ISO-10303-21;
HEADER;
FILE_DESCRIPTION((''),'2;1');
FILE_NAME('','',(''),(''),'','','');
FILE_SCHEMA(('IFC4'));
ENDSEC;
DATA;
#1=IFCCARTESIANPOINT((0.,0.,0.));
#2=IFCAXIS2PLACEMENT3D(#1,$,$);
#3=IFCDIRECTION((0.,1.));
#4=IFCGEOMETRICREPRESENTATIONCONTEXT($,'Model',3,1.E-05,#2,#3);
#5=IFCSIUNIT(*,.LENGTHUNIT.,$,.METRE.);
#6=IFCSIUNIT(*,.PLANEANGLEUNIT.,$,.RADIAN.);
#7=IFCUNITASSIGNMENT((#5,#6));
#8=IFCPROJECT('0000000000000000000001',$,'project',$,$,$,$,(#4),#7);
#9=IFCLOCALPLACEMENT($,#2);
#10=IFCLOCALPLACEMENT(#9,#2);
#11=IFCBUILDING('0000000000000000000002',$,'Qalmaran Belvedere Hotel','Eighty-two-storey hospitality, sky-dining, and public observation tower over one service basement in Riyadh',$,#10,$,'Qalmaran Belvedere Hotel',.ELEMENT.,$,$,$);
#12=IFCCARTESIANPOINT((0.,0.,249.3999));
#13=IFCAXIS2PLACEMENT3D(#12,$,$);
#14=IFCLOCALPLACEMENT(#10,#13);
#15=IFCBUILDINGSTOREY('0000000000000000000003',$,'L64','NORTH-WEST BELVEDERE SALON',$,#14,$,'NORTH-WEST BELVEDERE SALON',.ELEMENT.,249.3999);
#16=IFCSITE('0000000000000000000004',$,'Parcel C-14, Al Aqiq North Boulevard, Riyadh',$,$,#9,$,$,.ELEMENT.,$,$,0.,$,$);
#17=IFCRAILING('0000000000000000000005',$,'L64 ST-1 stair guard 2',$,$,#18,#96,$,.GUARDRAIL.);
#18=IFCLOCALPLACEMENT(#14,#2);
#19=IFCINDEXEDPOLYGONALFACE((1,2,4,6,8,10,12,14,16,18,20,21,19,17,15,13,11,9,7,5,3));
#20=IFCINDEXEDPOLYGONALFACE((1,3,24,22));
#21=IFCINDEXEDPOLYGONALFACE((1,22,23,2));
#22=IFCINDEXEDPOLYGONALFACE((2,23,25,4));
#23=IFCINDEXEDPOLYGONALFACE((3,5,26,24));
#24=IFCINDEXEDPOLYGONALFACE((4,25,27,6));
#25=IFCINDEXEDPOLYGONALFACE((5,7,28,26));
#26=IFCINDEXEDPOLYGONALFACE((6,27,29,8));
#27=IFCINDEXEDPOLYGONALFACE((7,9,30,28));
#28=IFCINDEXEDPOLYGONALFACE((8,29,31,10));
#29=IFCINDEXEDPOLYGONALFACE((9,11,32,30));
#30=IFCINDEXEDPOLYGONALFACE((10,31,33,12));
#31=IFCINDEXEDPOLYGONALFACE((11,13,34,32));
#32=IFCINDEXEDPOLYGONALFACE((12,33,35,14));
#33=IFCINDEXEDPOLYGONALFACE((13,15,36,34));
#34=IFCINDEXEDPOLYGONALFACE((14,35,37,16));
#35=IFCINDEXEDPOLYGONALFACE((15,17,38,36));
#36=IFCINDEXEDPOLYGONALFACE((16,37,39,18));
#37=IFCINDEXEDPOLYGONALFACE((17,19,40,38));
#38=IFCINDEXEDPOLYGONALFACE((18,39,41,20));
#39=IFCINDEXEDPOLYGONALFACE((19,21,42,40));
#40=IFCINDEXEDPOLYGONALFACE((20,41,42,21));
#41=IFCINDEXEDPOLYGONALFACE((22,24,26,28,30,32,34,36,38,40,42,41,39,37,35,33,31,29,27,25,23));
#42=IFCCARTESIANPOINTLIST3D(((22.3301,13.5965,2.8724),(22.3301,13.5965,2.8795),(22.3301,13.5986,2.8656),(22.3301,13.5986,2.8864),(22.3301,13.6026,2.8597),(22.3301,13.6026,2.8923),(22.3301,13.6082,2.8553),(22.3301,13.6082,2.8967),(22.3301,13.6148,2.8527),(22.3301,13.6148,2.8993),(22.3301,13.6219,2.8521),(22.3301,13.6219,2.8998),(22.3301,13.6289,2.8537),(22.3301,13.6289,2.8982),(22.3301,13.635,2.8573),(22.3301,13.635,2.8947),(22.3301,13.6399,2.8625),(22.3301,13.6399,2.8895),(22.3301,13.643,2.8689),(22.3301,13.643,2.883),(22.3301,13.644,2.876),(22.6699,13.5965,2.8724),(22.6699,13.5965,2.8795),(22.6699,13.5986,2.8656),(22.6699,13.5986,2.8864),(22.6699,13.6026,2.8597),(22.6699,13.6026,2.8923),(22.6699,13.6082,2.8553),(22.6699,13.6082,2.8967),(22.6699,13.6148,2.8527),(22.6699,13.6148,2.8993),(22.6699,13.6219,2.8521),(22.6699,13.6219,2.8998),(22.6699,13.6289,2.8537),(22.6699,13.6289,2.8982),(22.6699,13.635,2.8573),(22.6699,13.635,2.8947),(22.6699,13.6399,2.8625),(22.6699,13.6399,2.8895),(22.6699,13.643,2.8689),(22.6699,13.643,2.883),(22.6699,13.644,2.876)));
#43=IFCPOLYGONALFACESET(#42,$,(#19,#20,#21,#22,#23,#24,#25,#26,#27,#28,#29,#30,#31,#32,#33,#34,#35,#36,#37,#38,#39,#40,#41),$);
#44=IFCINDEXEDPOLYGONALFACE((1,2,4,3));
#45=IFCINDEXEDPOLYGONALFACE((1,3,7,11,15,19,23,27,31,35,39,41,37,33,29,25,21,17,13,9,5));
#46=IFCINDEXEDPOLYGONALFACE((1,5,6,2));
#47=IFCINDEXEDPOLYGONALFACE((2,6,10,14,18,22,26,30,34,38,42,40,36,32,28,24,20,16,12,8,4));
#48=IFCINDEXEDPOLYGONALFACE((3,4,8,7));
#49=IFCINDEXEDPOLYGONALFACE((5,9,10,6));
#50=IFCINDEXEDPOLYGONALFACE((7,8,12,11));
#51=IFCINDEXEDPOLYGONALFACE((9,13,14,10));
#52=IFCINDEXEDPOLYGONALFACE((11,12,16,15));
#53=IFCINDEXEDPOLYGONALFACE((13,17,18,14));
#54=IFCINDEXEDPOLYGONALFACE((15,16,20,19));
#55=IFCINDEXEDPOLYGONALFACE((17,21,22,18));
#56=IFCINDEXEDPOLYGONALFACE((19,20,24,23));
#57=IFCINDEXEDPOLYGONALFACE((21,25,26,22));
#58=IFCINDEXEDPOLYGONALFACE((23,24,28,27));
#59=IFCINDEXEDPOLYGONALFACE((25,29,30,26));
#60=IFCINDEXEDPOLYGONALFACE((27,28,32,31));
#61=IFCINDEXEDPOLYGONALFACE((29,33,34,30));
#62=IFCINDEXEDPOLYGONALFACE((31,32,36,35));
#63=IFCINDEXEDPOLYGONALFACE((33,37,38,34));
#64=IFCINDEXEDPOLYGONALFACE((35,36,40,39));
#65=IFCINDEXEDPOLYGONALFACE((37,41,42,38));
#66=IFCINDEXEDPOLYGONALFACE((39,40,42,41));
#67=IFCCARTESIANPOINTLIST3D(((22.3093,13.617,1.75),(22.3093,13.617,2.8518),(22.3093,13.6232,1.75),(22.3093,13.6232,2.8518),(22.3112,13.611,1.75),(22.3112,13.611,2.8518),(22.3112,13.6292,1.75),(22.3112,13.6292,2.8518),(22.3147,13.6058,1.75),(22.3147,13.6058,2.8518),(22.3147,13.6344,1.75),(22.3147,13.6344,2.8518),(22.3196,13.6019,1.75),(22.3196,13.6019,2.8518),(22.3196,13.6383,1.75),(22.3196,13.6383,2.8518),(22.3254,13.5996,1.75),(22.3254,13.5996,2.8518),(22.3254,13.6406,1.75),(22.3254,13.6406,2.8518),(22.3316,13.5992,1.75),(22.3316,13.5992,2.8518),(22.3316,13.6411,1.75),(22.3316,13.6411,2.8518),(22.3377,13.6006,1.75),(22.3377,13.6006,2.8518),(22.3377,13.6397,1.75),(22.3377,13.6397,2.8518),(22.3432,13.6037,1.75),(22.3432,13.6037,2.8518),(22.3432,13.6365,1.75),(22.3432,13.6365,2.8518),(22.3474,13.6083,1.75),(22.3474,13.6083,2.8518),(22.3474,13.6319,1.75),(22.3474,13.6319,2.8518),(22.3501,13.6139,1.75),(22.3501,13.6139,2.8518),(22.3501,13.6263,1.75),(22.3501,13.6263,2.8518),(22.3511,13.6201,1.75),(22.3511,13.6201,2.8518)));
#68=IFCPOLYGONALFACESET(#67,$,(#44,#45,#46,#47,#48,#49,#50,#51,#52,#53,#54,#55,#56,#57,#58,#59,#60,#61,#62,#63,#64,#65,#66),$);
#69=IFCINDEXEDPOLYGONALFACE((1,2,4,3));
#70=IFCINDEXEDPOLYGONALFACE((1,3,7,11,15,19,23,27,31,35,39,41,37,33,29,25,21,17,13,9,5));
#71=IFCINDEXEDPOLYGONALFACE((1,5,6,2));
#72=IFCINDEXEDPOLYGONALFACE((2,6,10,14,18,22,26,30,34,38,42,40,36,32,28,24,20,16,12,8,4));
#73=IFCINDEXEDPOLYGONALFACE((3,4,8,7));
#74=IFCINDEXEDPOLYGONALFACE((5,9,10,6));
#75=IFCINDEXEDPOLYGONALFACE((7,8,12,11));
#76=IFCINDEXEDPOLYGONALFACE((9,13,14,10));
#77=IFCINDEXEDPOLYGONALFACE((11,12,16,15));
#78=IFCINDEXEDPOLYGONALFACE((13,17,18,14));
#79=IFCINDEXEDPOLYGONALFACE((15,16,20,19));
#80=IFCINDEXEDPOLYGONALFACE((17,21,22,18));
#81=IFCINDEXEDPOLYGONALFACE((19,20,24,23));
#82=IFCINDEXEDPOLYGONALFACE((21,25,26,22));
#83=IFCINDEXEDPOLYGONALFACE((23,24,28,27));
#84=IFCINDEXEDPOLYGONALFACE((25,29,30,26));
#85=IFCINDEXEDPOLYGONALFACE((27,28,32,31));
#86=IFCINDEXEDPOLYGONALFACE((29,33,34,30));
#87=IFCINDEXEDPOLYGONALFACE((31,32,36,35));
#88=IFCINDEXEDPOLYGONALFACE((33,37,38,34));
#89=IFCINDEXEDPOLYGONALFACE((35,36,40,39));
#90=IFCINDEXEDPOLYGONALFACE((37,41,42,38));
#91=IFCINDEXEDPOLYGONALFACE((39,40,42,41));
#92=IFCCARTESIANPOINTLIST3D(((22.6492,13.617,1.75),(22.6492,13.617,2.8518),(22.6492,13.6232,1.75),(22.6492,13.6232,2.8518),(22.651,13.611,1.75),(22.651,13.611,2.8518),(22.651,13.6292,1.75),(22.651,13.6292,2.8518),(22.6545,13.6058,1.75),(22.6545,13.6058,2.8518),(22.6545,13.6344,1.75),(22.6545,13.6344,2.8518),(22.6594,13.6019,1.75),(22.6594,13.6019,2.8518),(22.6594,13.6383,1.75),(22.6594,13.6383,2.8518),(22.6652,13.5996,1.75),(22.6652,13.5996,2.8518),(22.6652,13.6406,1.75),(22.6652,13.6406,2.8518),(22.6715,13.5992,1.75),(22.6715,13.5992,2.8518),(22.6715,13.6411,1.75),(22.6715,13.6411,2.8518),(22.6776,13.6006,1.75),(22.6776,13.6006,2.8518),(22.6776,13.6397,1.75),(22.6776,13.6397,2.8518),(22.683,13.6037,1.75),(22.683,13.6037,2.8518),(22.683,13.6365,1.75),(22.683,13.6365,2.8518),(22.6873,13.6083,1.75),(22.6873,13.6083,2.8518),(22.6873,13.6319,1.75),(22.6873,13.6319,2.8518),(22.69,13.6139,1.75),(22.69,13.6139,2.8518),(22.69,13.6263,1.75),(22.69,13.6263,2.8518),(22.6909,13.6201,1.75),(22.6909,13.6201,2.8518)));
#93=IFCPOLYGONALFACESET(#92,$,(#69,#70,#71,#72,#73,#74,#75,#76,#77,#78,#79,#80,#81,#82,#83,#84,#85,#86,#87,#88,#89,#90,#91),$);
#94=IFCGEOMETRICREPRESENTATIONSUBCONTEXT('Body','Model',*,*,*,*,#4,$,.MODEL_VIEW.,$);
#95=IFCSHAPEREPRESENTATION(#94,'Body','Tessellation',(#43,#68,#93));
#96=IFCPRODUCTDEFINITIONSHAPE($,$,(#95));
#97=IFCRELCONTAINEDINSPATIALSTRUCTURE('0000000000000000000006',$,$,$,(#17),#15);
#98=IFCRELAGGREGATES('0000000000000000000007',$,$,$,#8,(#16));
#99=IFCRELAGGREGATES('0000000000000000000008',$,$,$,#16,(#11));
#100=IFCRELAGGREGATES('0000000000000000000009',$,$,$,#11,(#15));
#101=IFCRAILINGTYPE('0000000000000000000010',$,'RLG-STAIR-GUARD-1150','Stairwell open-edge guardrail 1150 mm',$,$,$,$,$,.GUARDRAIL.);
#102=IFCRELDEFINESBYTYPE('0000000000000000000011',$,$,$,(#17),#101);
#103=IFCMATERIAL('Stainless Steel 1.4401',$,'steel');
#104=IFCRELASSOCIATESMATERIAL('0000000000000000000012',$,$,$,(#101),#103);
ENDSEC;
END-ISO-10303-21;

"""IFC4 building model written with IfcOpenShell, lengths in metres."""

from ifc_helpers import new_model, si_unit, direction, frame, origin, origin_2d, place, context, subcontext, project, spatial, circle, extrude, material, type_object, element, save


model = new_model("IFC4")

# Units and contexts
model_context = context("Model", 3, precision=1e-05, world=origin(), true_north=direction((0.0, 1.0)))
body_context = subcontext(model_context, "Body", "Model", "MODEL_VIEW")
ifc_project = project(units=[si_unit("LENGTHUNIT", "METRE"), si_unit("PLANEANGLEUNIT", "RADIAN")], contexts=[model_context])

# Site, building, storey
site_placement = place(None, origin())
site = spatial("IfcSite", under=ifc_project, at=site_placement, Name="Parcel C-14, Al Aqiq North Boulevard, Riyadh", CompositionType="ELEMENT", RefElevation=0.0)
building_placement = place(site_placement, origin())
building = spatial("IfcBuilding", under=site, at=building_placement, Name="Qalmaran Belvedere Hotel", Description="Eighty-two-storey hospitality, sky-dining, and public observation tower over one service basement in Riyadh", LongName="Qalmaran Belvedere Hotel", CompositionType="ELEMENT")
storey_placement = place(building_placement, frame((0.0, 0.0, 249.3999)))
storey = spatial("IfcBuildingStorey", under=building, at=storey_placement, Name="L64", Description="NORTH-WEST BELVEDERE SALON", LongName="NORTH-WEST BELVEDERE SALON", CompositionType="ELEMENT", Elevation=249.3999)

# Shared definitions
ifc_material_1 = material(Name="Stainless Steel 1.4401", Category="steel")

# Railing
railing_type_1 = type_object("IfcRailingType", Name="RLG-STAIR-GUARD-1150", Description="Stairwell open-edge guardrail 1150 mm", PredefinedType="GUARDRAIL", material=ifc_material_1)
railing_1_placement = place(storey_placement, frame((22.3301, 13.6201, 1.75)))
element("IfcRailing", 1, at=railing_1_placement, inside=storey, type_object=railing_type_1, Name="L64 ST-1 stair guard 2", PredefinedType="GUARDRAIL", context=body_context, shape_type="SweptSolid", body=[
    extrude(circle(Radius=0.0239, at=origin_2d()), frame((0.0, 0.0, 1.126), z_axis=(1.0, 0.0, 0.0), x_axis=(0.0, 1.0, 0.0)), (0.0, 0.0, 1.0), 0.3398),
    extrude(circle(Radius=0.021, at=origin_2d()), origin(), (0.0, 0.0, 1.0), 1.1018),
    extrude(circle(Radius=0.021, at=origin_2d()), frame((0.3398, 0.0, 0.0)), (0.0, 0.0, 1.0), 1.1018),
])

save(model, "model.ifc")
